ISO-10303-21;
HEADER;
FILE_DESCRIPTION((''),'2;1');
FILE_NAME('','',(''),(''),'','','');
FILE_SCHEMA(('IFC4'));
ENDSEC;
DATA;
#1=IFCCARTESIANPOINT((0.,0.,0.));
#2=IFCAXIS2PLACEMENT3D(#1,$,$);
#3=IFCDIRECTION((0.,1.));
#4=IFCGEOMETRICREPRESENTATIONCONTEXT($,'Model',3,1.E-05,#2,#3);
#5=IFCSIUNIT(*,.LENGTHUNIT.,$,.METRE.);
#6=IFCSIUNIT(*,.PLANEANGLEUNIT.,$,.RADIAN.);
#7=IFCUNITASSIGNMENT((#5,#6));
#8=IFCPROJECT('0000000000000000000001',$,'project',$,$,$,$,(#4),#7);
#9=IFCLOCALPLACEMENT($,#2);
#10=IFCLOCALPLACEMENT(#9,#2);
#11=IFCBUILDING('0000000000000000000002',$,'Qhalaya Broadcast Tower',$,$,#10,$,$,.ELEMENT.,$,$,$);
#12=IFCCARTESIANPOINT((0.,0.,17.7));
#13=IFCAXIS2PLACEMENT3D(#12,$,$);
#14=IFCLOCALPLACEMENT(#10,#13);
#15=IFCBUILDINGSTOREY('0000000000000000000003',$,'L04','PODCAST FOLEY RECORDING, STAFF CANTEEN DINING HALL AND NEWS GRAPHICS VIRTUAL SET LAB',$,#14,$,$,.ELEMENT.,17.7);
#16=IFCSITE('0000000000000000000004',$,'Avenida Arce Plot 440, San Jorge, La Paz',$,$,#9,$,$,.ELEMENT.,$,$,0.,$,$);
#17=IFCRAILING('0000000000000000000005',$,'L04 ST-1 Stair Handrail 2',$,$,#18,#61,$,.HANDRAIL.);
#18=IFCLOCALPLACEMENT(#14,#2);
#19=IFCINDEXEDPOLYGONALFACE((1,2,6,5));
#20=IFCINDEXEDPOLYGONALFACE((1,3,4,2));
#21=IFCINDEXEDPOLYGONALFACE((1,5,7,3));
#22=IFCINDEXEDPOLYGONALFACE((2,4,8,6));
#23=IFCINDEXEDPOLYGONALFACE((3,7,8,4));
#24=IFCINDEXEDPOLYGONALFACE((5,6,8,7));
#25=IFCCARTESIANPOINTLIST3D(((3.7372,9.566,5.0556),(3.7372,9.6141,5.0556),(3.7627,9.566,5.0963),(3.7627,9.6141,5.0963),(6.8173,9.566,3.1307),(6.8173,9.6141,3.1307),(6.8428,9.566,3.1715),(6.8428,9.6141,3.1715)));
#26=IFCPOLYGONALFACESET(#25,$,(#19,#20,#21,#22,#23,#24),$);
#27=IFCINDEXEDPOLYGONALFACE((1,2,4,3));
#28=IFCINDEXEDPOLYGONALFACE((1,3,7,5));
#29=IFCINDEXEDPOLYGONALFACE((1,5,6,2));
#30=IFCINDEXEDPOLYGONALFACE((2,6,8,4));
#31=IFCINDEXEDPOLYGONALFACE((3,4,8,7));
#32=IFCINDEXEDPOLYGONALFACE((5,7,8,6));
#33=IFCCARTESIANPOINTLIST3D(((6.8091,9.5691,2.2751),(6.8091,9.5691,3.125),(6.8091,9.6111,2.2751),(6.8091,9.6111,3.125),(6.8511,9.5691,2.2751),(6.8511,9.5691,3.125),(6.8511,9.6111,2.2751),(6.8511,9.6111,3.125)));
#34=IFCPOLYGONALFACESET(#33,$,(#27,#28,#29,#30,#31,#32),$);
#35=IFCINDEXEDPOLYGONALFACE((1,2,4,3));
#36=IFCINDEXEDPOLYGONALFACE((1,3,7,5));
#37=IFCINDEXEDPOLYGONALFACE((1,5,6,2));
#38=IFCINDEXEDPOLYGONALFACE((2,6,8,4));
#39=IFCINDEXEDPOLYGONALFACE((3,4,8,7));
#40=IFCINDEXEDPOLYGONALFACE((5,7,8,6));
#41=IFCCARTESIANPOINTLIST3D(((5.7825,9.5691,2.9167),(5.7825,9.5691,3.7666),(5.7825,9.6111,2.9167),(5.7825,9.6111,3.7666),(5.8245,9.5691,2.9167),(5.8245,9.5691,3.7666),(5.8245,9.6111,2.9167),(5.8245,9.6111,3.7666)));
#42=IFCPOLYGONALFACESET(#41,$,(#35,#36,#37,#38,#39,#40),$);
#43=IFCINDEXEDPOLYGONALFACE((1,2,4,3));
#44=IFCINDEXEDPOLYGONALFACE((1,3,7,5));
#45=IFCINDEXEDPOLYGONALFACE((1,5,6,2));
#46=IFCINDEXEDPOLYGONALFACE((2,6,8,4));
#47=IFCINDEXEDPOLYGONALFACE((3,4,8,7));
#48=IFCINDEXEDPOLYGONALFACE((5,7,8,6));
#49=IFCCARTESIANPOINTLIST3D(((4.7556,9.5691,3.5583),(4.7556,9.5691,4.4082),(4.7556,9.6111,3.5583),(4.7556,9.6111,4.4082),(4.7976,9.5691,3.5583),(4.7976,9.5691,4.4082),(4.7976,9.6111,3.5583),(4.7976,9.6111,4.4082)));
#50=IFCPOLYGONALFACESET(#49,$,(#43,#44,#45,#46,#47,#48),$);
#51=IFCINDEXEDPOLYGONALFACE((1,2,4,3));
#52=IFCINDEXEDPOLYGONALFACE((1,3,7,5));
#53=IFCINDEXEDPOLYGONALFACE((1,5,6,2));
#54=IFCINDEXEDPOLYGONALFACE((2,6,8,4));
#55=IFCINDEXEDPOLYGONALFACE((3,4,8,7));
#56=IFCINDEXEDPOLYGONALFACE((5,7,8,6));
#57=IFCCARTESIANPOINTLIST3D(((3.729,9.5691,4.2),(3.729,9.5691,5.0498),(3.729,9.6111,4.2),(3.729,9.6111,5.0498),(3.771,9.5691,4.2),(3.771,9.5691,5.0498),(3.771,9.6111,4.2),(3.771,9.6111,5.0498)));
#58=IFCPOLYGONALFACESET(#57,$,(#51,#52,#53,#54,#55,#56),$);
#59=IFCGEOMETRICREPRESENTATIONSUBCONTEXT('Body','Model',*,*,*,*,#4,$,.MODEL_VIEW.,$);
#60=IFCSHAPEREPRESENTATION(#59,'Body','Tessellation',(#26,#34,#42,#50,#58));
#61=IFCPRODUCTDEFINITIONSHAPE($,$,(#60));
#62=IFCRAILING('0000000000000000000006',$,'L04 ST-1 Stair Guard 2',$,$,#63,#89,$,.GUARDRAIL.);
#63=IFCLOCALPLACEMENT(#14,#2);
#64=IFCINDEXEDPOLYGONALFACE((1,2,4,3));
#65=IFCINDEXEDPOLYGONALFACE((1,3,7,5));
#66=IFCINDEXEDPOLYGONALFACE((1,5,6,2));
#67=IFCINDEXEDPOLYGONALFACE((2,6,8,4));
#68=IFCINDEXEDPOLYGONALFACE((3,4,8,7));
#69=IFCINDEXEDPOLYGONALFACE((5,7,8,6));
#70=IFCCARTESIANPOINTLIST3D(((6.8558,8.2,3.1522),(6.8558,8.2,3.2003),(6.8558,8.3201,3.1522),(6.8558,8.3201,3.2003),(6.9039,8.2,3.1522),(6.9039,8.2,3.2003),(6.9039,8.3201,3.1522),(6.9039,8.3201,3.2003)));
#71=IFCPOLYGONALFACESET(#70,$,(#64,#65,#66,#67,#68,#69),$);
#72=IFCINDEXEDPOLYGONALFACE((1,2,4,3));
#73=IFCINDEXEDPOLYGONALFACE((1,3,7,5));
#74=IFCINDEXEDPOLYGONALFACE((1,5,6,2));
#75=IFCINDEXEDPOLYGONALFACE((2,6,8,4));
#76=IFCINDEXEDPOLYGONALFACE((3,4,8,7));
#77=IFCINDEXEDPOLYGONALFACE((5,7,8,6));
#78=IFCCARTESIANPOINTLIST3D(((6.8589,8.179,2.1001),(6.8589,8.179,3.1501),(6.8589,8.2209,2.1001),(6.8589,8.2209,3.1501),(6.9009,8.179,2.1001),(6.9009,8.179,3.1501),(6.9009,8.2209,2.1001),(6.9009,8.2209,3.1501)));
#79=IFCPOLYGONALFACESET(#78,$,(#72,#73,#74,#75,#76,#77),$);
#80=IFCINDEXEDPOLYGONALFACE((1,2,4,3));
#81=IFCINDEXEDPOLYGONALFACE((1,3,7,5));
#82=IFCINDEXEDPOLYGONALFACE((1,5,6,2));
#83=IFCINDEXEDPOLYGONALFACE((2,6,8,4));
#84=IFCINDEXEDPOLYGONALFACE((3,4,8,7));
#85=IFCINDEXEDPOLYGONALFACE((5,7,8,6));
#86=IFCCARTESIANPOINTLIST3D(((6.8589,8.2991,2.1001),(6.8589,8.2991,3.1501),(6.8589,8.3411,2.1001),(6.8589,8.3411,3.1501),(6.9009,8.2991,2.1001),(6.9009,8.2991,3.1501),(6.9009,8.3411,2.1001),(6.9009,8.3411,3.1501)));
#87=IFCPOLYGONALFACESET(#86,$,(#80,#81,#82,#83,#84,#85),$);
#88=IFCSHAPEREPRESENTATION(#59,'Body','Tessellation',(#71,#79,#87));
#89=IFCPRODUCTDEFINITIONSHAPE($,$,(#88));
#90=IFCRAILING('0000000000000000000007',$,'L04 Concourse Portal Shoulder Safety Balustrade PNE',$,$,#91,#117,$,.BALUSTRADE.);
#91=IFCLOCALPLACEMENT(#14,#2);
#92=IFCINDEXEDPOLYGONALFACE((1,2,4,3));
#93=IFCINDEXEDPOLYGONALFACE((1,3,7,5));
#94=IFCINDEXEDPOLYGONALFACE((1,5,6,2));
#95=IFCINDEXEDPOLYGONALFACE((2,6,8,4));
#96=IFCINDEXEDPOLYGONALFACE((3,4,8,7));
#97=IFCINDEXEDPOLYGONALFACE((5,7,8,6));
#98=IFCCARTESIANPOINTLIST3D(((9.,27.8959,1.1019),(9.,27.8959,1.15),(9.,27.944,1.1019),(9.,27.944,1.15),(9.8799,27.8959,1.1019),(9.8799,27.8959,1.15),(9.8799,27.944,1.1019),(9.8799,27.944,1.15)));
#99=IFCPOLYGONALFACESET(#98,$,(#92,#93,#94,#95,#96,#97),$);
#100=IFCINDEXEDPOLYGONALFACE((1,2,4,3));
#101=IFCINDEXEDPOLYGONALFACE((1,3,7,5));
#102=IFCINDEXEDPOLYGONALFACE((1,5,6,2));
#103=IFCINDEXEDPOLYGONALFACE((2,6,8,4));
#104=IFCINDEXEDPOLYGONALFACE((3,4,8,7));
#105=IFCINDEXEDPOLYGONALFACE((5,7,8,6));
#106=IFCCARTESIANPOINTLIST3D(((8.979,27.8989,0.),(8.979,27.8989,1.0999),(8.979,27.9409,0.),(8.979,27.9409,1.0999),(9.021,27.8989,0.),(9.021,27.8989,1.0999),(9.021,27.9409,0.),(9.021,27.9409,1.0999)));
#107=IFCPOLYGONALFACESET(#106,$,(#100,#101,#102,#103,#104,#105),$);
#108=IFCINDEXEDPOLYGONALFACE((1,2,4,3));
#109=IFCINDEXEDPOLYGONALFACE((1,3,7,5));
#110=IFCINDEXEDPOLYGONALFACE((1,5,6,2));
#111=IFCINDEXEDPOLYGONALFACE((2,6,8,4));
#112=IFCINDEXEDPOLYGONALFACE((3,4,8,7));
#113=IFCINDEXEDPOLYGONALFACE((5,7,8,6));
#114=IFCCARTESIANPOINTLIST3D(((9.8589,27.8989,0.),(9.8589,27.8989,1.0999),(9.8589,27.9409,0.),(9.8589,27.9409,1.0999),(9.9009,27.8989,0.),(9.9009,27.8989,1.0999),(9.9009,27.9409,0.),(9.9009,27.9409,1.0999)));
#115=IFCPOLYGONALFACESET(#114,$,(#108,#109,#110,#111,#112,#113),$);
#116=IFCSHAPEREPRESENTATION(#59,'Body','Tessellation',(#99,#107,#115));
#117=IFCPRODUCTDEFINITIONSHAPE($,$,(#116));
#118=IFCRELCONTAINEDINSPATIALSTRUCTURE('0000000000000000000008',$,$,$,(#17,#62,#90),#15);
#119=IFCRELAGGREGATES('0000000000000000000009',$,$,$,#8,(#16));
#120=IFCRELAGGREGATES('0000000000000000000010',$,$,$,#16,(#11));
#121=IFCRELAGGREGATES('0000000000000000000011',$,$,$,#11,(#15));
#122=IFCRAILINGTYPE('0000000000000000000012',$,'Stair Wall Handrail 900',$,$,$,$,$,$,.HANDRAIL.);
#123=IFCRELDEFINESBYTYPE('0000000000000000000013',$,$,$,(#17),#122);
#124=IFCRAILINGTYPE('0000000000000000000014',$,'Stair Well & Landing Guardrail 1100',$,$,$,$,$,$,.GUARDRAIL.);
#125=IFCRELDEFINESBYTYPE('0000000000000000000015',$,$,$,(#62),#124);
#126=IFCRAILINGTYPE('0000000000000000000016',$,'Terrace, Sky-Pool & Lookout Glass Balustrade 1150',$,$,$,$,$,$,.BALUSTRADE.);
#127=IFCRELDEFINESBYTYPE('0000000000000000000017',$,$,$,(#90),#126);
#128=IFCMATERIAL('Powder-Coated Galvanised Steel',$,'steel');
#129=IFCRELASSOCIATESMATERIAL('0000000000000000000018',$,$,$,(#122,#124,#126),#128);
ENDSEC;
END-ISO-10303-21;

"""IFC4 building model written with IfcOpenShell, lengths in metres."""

from ifc_helpers import new_model, si_unit, direction, frame, origin, origin_2d, place, context, subcontext, project, spatial, rectangle, extrude, material, type_object, element, save


model = new_model("IFC4")

# Units and contexts
model_context = context("Model", 3, precision=1e-05, world=origin(), true_north=direction((0.0, 1.0)))
body_context = subcontext(model_context, "Body", "Model", "MODEL_VIEW")
ifc_project = project(units=[si_unit("LENGTHUNIT", "METRE"), si_unit("PLANEANGLEUNIT", "RADIAN")], contexts=[model_context])

# Site, building, storey
site_placement = place(None, origin())
site = spatial("IfcSite", under=ifc_project, at=site_placement, Name="Avenida Arce Plot 440, San Jorge, La Paz", CompositionType="ELEMENT", RefElevation=0.0)
building_placement = place(site_placement, origin())
building = spatial("IfcBuilding", under=site, at=building_placement, Name="Qhalaya Broadcast Tower", CompositionType="ELEMENT")
storey_placement = place(building_placement, frame((0.0, 0.0, 17.7)))
storey = spatial("IfcBuildingStorey", under=building, at=storey_placement, Name="L04", Description="PODCAST FOLEY RECORDING, STAFF CANTEEN DINING HALL AND NEWS GRAPHICS VIRTUAL SET LAB", CompositionType="ELEMENT", Elevation=17.7)

# Railings
ifc_material_1 = material(Name="Powder-Coated Galvanised Steel", Category="steel")
railing_type_1 = type_object("IfcRailingType", Name="Stair Wall Handrail 900", PredefinedType="HANDRAIL", material=ifc_material_1)
railing_1_placement = place(storey_placement, frame((6.8301, 9.5901, 2.2751)))
element("IfcRailing", 1, at=railing_1_placement, inside=storey, type_object=railing_type_1, Name="L04 ST-1 Stair Handrail 2", PredefinedType="HANDRAIL", context=body_context, shape_type="SweptSolid", body=[
    extrude(rectangle(XDim=0.0481, YDim=0.0481, at=origin_2d()), frame((0.0, 0.0, 0.876), z_axis=(-0.848029, 0.0, 0.529951), x_axis=(0.0, -1.0, 0.0)), (0.0, 0.0, 1.0), 3.6321),
    extrude(rectangle(XDim=0.042, YDim=0.042, at=origin_2d()), origin(), (0.0, 0.0, 1.0), 0.8499),
    extrude(rectangle(XDim=0.042, YDim=0.042, at=origin_2d()), frame((-1.0266, 0.0, 0.6416)), (0.0, 0.0, 1.0), 0.8499),
    extrude(rectangle(XDim=0.042, YDim=0.042, at=origin_2d()), frame((-2.0535, 0.0, 1.2832)), (0.0, 0.0, 1.0), 0.8499),
    extrude(rectangle(XDim=0.042, YDim=0.042, at=origin_2d()), frame((-3.0801, 0.0, 1.9248)), (0.0, 0.0, 1.0), 0.8499),
])
railing_type_2 = type_object("IfcRailingType", Name="Stair Well & Landing Guardrail 1100", PredefinedType="GUARDRAIL", material=ifc_material_1)
railing_2_placement = place(storey_placement, frame((6.8799, 8.2, 2.1001)))
element("IfcRailing", 2, at=railing_2_placement, inside=storey, type_object=railing_type_2, Name="L04 ST-1 Stair Guard 2", PredefinedType="GUARDRAIL", context=body_context, shape_type="SweptSolid", body=[
    extrude(rectangle(XDim=0.0481, YDim=0.0481, at=origin_2d()), frame((0.0, 0.0, 1.0762), z_axis=(0.0, 1.0, 0.0), x_axis=(-1.0, 0.0, 0.0)), (0.0, 0.0, 1.0), 0.1201),
    extrude(rectangle(XDim=0.042, YDim=0.042, at=origin_2d()), origin(), (0.0, 0.0, 1.0), 1.05),
    extrude(rectangle(XDim=0.042, YDim=0.042, at=origin_2d()), frame((0.0, 0.1201, 0.0)), (0.0, 0.0, 1.0), 1.05),
])
railing_type_3 = type_object("IfcRailingType", Name="Terrace, Sky-Pool & Lookout Glass Balustrade 1150", PredefinedType="BALUSTRADE", material=ifc_material_1)
railing_3_placement = place(storey_placement, frame((9.0, 27.9199, 0.0)))
element("IfcRailing", 3, at=railing_3_placement, inside=storey, type_object=railing_type_3, Name="L04 Concourse Portal Shoulder Safety Balustrade PNE", PredefinedType="BALUSTRADE", context=body_context, shape_type="SweptSolid", body=[
    extrude(rectangle(XDim=0.0481, YDim=0.0481, at=origin_2d()), frame((0.0, 0.0, 1.126), z_axis=(1.0, 0.0, 0.0), x_axis=(0.0, 1.0, 0.0)), (0.0, 0.0, 1.0), 0.8799),
    extrude(rectangle(XDim=0.042, YDim=0.042, at=origin_2d()), origin(), (0.0, 0.0, 1.0), 1.0999),
    extrude(rectangle(XDim=0.042, YDim=0.042, at=origin_2d()), frame((0.8799, 0.0, 0.0)), (0.0, 0.0, 1.0), 1.0999),
])

save(model, "model.ifc")
